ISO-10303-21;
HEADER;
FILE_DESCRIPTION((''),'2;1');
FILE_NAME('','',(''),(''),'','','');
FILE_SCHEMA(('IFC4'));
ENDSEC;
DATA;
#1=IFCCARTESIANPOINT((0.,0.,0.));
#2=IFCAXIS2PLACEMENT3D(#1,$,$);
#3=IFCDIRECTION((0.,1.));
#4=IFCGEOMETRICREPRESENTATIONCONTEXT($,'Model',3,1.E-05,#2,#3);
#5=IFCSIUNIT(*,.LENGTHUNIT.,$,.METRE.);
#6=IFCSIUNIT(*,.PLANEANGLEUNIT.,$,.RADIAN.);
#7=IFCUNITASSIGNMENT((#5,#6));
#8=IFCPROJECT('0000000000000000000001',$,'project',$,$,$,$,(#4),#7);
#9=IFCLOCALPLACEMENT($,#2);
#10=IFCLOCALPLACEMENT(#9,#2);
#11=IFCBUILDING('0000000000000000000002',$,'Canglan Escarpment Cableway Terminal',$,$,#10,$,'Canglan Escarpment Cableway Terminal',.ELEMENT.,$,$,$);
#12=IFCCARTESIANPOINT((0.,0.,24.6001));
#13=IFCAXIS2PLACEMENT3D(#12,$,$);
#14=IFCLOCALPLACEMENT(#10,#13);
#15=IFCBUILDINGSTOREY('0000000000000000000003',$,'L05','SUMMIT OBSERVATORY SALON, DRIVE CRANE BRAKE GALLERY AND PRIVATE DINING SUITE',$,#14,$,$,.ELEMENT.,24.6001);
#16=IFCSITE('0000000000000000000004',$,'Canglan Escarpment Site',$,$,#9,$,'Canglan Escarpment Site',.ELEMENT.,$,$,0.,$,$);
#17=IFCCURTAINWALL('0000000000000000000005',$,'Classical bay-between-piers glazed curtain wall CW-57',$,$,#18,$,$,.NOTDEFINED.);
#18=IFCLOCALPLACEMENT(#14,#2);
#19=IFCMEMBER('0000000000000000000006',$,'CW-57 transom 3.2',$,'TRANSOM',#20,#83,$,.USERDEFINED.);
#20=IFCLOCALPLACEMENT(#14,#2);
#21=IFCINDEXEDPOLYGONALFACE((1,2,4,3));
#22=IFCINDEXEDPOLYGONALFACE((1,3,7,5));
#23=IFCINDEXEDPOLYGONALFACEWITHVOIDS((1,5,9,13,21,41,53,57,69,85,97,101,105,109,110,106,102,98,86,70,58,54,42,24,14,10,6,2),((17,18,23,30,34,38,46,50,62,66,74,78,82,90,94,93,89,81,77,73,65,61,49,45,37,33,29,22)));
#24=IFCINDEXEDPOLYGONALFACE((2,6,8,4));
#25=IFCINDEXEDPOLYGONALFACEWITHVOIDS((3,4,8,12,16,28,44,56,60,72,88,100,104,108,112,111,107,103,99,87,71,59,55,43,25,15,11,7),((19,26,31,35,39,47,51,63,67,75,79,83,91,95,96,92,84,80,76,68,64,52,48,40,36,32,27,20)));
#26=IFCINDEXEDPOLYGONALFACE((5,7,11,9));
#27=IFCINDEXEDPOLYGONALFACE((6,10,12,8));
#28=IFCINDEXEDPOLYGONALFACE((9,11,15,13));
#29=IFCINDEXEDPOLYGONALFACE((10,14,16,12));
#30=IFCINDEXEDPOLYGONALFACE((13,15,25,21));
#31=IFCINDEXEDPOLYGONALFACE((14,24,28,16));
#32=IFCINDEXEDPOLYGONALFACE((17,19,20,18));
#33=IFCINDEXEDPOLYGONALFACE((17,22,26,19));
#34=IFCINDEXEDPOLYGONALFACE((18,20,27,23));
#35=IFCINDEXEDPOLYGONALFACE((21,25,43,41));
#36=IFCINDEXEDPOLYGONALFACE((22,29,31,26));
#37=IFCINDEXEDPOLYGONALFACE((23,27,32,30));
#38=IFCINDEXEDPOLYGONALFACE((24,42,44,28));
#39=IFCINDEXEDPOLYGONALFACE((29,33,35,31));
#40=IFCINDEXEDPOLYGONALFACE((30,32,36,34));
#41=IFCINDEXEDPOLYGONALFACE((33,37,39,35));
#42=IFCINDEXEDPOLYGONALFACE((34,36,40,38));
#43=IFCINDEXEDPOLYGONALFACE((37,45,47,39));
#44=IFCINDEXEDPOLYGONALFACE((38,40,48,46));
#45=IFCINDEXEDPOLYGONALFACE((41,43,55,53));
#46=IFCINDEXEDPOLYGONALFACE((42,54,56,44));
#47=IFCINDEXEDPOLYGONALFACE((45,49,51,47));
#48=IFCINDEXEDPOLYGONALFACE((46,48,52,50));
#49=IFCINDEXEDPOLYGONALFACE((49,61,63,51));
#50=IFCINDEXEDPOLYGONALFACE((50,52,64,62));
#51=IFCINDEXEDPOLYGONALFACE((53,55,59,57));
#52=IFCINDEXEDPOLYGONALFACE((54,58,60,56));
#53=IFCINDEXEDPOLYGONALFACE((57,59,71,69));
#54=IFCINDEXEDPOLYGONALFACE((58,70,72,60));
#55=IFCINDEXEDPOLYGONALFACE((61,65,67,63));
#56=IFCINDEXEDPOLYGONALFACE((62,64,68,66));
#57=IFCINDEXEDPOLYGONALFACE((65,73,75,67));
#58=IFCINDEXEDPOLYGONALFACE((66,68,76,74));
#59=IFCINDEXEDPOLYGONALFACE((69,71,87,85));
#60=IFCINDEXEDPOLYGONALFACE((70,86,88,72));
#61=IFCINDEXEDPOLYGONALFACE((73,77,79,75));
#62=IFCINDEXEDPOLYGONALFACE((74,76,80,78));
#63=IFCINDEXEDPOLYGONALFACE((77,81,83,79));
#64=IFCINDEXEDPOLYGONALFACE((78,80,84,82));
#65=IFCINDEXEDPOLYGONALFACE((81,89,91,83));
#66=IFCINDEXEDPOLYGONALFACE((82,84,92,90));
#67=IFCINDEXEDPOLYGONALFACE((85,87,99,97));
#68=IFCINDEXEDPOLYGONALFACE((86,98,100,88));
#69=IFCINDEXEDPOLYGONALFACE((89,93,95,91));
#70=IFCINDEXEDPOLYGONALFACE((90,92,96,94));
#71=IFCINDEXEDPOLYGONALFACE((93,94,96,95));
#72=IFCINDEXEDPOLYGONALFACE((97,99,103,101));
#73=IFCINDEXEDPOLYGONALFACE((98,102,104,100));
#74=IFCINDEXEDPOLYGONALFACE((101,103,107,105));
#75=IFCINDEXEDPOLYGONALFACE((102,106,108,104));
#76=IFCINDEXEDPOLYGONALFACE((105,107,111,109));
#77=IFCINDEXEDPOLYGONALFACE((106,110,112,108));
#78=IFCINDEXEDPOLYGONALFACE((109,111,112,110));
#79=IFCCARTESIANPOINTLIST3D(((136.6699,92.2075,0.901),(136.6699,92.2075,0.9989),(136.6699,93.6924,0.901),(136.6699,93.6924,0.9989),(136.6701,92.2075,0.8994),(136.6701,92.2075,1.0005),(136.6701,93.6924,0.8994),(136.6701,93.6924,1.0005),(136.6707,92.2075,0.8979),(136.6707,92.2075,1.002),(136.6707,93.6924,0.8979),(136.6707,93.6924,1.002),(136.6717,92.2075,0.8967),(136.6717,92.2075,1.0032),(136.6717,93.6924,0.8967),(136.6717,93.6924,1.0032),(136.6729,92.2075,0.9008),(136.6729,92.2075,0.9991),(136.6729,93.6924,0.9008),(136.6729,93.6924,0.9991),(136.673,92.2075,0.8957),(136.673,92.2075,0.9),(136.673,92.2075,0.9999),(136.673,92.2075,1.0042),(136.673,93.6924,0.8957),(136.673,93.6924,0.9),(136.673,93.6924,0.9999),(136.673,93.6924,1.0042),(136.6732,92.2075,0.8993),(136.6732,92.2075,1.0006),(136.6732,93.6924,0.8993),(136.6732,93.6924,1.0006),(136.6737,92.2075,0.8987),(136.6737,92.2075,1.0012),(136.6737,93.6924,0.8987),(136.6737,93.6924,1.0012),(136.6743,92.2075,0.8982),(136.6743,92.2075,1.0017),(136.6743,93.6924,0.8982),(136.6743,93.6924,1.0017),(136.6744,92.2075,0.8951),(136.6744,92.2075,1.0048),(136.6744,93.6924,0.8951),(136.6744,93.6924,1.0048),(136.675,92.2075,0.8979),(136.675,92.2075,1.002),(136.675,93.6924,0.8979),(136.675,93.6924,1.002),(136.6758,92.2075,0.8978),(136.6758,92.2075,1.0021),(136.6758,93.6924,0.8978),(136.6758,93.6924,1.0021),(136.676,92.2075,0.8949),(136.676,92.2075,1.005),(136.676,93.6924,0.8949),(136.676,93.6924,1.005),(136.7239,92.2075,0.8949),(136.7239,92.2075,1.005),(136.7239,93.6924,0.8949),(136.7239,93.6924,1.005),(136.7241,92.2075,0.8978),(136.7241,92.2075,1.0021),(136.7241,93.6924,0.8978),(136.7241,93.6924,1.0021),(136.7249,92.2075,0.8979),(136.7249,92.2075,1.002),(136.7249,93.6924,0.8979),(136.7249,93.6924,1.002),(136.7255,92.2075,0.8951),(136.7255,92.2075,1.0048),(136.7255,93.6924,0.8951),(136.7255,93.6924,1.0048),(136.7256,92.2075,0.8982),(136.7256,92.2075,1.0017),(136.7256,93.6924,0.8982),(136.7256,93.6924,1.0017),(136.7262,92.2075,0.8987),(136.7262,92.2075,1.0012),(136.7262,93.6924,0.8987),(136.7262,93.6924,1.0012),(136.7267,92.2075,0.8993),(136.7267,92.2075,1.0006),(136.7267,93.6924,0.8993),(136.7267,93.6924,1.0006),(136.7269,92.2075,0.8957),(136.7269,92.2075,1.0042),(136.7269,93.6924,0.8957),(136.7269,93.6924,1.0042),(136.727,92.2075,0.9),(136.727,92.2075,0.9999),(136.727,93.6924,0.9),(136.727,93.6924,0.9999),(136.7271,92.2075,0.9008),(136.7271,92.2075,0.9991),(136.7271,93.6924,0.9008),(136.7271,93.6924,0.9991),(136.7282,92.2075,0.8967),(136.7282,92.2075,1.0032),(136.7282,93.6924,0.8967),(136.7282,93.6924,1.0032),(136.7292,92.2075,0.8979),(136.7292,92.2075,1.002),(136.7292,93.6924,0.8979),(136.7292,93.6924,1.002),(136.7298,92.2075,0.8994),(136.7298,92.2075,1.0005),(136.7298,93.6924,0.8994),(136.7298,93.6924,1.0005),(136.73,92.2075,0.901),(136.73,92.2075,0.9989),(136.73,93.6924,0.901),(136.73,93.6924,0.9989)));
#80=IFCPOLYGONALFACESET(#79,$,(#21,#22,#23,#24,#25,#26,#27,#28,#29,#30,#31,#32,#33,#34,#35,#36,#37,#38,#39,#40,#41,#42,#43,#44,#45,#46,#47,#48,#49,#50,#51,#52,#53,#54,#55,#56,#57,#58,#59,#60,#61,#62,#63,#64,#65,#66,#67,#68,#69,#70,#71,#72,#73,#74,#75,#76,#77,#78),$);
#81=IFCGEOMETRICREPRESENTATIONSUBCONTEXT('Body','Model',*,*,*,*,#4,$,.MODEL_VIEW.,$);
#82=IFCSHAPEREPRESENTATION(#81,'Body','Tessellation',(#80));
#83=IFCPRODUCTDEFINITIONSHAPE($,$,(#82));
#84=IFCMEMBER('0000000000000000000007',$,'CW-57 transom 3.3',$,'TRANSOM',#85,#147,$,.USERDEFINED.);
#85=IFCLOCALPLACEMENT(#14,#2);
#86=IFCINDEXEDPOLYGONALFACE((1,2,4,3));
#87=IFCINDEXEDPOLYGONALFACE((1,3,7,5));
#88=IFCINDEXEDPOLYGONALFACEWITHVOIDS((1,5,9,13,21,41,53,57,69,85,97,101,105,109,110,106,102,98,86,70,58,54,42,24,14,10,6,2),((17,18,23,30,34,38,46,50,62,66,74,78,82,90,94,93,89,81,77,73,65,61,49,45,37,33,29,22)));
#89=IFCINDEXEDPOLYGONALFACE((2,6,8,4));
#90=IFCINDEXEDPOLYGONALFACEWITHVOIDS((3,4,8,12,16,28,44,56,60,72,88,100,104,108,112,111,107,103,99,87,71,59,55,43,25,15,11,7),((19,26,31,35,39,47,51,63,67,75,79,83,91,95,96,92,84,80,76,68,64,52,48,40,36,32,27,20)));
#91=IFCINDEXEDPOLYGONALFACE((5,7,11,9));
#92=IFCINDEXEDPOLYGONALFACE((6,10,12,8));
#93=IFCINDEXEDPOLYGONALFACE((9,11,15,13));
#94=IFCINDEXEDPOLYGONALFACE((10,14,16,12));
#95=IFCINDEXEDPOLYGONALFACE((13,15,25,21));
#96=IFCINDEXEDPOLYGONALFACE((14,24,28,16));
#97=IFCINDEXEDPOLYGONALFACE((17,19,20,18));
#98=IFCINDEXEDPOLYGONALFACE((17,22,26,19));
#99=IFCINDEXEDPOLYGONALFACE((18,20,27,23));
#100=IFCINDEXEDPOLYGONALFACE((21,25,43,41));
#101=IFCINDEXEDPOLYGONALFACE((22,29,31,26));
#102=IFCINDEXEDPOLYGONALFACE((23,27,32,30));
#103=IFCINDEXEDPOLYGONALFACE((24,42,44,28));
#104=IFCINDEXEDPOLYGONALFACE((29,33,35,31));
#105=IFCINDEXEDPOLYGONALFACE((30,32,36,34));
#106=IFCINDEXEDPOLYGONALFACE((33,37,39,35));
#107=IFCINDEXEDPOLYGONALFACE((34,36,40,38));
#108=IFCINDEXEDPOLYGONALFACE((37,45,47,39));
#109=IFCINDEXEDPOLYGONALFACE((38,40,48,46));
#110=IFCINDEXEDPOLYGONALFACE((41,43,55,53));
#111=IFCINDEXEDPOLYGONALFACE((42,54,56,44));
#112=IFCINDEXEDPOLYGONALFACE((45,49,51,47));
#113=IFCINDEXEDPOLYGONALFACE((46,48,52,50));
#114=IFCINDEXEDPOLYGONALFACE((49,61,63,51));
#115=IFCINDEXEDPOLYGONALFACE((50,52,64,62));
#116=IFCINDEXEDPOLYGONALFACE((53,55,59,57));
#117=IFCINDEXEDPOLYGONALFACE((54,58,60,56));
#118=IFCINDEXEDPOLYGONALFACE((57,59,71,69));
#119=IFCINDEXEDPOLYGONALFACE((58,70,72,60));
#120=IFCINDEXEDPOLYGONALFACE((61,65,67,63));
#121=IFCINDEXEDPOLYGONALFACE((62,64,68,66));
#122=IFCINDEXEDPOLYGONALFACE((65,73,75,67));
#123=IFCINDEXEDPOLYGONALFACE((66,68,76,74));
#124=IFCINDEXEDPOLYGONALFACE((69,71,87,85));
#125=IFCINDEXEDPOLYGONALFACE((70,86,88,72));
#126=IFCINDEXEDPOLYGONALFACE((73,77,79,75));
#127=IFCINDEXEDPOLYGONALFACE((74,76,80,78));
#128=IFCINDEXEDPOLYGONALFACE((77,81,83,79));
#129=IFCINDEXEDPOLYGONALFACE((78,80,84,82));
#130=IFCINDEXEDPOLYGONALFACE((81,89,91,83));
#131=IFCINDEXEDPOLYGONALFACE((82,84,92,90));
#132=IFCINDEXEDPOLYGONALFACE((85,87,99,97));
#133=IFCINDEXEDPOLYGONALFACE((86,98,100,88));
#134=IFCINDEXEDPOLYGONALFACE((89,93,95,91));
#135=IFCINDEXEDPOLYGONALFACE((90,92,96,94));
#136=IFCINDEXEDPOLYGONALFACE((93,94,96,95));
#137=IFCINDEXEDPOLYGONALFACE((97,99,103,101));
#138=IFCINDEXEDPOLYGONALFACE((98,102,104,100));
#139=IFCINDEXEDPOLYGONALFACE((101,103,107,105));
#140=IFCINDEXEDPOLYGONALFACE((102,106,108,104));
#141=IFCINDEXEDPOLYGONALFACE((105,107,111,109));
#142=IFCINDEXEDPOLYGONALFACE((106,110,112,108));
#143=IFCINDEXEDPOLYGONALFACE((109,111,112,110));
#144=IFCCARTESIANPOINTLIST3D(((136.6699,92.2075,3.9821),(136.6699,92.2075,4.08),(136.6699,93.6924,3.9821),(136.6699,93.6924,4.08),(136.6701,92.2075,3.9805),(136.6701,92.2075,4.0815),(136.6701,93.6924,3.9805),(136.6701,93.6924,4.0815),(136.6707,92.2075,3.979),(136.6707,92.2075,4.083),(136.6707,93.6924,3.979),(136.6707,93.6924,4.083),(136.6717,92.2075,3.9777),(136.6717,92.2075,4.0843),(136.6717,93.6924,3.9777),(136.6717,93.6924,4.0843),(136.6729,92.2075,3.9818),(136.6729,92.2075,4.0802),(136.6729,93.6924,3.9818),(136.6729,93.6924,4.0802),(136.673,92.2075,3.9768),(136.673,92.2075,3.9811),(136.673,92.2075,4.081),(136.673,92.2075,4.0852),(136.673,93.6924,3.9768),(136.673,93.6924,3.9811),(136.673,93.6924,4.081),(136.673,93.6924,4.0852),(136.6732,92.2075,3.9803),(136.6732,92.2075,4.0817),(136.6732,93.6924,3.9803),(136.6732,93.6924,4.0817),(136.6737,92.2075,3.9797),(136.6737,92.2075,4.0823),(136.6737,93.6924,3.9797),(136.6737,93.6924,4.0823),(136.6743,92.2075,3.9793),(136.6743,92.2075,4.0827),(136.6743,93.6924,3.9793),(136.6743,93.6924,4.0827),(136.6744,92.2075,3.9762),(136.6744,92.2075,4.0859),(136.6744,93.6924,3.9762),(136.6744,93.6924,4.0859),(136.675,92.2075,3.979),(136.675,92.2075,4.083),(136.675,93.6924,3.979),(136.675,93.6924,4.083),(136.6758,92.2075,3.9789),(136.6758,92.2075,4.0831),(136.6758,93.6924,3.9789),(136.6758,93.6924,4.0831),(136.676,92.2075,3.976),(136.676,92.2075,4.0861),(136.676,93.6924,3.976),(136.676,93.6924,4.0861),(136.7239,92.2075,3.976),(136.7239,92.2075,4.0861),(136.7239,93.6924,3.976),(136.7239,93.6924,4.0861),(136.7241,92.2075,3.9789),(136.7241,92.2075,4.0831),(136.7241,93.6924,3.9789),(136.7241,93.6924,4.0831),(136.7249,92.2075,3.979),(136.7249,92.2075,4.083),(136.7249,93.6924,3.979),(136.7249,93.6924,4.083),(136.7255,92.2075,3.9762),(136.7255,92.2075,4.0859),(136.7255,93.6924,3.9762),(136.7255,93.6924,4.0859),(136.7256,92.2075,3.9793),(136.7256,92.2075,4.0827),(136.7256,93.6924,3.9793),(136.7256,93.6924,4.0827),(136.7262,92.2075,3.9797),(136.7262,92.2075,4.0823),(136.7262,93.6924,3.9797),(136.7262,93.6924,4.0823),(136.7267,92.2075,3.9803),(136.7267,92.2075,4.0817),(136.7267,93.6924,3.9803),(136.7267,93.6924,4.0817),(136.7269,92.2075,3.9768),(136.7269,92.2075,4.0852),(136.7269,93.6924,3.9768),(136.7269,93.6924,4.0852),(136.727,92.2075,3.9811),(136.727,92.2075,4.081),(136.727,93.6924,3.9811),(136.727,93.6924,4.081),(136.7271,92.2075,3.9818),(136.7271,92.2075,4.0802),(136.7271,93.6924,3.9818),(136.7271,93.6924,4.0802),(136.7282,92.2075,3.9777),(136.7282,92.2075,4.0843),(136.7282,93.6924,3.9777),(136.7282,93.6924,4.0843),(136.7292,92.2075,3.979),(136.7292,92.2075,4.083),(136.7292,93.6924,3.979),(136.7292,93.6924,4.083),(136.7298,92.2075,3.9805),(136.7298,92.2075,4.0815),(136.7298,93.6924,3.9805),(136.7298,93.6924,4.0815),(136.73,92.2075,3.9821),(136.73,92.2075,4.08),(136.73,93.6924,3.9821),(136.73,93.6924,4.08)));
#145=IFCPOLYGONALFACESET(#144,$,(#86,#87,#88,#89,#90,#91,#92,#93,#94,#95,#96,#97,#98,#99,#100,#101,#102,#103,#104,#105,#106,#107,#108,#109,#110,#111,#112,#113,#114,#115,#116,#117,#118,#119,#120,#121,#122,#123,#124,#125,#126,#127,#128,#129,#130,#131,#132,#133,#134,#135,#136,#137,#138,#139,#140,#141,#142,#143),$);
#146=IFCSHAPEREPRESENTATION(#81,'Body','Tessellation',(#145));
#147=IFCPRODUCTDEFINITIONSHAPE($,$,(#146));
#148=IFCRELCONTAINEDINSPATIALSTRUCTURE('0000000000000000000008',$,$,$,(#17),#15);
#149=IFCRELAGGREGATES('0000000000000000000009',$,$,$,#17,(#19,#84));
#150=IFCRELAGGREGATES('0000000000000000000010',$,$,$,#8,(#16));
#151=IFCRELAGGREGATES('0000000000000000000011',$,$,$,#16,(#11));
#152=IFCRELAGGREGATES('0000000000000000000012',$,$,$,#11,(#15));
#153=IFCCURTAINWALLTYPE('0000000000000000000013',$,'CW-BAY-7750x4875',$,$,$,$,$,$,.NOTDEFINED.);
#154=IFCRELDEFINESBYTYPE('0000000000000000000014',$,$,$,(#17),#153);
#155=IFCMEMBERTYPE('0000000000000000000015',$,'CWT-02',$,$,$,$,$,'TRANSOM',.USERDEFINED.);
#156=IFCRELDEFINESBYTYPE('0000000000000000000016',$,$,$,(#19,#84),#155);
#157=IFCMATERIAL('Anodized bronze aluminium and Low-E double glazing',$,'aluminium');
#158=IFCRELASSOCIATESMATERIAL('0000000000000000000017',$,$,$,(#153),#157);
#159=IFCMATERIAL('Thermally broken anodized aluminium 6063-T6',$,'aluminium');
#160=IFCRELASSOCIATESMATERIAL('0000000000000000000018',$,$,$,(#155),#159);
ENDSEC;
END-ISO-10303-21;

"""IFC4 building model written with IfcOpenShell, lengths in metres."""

from ifc_helpers import new_model, si_unit, direction, frame, origin, origin_2d, place, context, subcontext, project, spatial, hollow_rectangle, extrude, material, material_profile, profile_set, type_object, element, aggregate, save


model = new_model("IFC4")

# Units and contexts
model_context = context("Model", 3, precision=1e-05, world=origin(), true_north=direction((0.0, 1.0)))
body_context = subcontext(model_context, "Body", "Model", "MODEL_VIEW")
ifc_project = project(units=[si_unit("LENGTHUNIT", "METRE"), si_unit("PLANEANGLEUNIT", "RADIAN")], contexts=[model_context])

# Site, building, storey
site_placement = place(None, origin())
site = spatial("IfcSite", under=ifc_project, at=site_placement, Name="Canglan Escarpment Site", LongName="Canglan Escarpment Site", CompositionType="ELEMENT", RefElevation=0.0)
building_placement = place(site_placement, origin())
building = spatial("IfcBuilding", under=site, at=building_placement, Name="Canglan Escarpment Cableway Terminal", LongName="Canglan Escarpment Cableway Terminal", CompositionType="ELEMENT")
storey_placement = place(building_placement, frame((0.0, 0.0, 24.6001)))
storey = spatial("IfcBuildingStorey", under=building, at=storey_placement, Name="L05", Description="SUMMIT OBSERVATORY SALON, DRIVE CRANE BRAKE GALLERY AND PRIVATE DINING SUITE", CompositionType="ELEMENT", Elevation=24.6001)

# Curtain wall, members
ifc_material_1 = material(Name="Anodized bronze aluminium and Low-E double glazing", Category="aluminium")
curtain_wall_type = type_object("IfcCurtainWallType", Name="CW-BAY-7750x4875", PredefinedType="NOTDEFINED", material=ifc_material_1)
curtain_wall_placement = place(storey_placement, origin())
curtain_wall = element("IfcCurtainWall", 1, at=curtain_wall_placement, inside=storey, type_object=curtain_wall_type, Name="Classical bay-between-piers glazed curtain wall CW-57", PredefinedType="NOTDEFINED")
ifc_material_2 = material(Name="Thermally broken anodized aluminium 6063-T6", Category="aluminium")
ifc_material_profile_1 = material_profile(ifc_material_2, hollow_rectangle(XDim=0.0601, YDim=0.1101, WallThickness=0.0029, InnerFilletRadius=0.0029, OuterFilletRadius=0.0061, at=origin_2d()), Name="ALU-TRAN 60x110x3")
ifc_profile_set_1 = profile_set([ifc_material_profile_1], Name="Thermally broken anodized aluminium 6063-T6")
member_type_1 = type_object("IfcMemberType", Name="CWT-02", ElementType="TRANSOM", PredefinedType="USERDEFINED", material=ifc_profile_set_1)
member_1_placement = place(storey_placement, frame((136.7, 92.2075, 0.95), z_axis=(0.0, 1.0, 0.0), x_axis=(-1.0, 0.0, 0.0)))
member_1 = element("IfcMember", 2, at=member_1_placement, type_object=member_type_1, Name="CW-57 transom 3.2", ObjectType="TRANSOM", PredefinedType="USERDEFINED", context=body_context, shape_type="SweptSolid", body=[
    extrude(hollow_rectangle(XDim=0.0601, YDim=0.1101, WallThickness=0.0029, InnerFilletRadius=0.0029, OuterFilletRadius=0.0061, at=origin_2d()), origin(), (0.0, 0.0, 1.0), 1.4849),
])
member_2_placement = place(storey_placement, frame((136.7, 92.2075, 4.031), z_axis=(0.0, 1.0, 0.0), x_axis=(-1.0, 0.0, 0.0)))
member_2 = element("IfcMember", 3, at=member_2_placement, type_object=member_type_1, Name="CW-57 transom 3.3", ObjectType="TRANSOM", PredefinedType="USERDEFINED", context=body_context, shape_type="SweptSolid", body=[
    extrude(hollow_rectangle(XDim=0.0601, YDim=0.1101, WallThickness=0.0029, InnerFilletRadius=0.0029, OuterFilletRadius=0.0061, at=origin_2d()), origin(), (0.0, 0.0, 1.0), 1.4849),
])
aggregate(curtain_wall, [member_1, member_2])

save(model, "model.ifc")
